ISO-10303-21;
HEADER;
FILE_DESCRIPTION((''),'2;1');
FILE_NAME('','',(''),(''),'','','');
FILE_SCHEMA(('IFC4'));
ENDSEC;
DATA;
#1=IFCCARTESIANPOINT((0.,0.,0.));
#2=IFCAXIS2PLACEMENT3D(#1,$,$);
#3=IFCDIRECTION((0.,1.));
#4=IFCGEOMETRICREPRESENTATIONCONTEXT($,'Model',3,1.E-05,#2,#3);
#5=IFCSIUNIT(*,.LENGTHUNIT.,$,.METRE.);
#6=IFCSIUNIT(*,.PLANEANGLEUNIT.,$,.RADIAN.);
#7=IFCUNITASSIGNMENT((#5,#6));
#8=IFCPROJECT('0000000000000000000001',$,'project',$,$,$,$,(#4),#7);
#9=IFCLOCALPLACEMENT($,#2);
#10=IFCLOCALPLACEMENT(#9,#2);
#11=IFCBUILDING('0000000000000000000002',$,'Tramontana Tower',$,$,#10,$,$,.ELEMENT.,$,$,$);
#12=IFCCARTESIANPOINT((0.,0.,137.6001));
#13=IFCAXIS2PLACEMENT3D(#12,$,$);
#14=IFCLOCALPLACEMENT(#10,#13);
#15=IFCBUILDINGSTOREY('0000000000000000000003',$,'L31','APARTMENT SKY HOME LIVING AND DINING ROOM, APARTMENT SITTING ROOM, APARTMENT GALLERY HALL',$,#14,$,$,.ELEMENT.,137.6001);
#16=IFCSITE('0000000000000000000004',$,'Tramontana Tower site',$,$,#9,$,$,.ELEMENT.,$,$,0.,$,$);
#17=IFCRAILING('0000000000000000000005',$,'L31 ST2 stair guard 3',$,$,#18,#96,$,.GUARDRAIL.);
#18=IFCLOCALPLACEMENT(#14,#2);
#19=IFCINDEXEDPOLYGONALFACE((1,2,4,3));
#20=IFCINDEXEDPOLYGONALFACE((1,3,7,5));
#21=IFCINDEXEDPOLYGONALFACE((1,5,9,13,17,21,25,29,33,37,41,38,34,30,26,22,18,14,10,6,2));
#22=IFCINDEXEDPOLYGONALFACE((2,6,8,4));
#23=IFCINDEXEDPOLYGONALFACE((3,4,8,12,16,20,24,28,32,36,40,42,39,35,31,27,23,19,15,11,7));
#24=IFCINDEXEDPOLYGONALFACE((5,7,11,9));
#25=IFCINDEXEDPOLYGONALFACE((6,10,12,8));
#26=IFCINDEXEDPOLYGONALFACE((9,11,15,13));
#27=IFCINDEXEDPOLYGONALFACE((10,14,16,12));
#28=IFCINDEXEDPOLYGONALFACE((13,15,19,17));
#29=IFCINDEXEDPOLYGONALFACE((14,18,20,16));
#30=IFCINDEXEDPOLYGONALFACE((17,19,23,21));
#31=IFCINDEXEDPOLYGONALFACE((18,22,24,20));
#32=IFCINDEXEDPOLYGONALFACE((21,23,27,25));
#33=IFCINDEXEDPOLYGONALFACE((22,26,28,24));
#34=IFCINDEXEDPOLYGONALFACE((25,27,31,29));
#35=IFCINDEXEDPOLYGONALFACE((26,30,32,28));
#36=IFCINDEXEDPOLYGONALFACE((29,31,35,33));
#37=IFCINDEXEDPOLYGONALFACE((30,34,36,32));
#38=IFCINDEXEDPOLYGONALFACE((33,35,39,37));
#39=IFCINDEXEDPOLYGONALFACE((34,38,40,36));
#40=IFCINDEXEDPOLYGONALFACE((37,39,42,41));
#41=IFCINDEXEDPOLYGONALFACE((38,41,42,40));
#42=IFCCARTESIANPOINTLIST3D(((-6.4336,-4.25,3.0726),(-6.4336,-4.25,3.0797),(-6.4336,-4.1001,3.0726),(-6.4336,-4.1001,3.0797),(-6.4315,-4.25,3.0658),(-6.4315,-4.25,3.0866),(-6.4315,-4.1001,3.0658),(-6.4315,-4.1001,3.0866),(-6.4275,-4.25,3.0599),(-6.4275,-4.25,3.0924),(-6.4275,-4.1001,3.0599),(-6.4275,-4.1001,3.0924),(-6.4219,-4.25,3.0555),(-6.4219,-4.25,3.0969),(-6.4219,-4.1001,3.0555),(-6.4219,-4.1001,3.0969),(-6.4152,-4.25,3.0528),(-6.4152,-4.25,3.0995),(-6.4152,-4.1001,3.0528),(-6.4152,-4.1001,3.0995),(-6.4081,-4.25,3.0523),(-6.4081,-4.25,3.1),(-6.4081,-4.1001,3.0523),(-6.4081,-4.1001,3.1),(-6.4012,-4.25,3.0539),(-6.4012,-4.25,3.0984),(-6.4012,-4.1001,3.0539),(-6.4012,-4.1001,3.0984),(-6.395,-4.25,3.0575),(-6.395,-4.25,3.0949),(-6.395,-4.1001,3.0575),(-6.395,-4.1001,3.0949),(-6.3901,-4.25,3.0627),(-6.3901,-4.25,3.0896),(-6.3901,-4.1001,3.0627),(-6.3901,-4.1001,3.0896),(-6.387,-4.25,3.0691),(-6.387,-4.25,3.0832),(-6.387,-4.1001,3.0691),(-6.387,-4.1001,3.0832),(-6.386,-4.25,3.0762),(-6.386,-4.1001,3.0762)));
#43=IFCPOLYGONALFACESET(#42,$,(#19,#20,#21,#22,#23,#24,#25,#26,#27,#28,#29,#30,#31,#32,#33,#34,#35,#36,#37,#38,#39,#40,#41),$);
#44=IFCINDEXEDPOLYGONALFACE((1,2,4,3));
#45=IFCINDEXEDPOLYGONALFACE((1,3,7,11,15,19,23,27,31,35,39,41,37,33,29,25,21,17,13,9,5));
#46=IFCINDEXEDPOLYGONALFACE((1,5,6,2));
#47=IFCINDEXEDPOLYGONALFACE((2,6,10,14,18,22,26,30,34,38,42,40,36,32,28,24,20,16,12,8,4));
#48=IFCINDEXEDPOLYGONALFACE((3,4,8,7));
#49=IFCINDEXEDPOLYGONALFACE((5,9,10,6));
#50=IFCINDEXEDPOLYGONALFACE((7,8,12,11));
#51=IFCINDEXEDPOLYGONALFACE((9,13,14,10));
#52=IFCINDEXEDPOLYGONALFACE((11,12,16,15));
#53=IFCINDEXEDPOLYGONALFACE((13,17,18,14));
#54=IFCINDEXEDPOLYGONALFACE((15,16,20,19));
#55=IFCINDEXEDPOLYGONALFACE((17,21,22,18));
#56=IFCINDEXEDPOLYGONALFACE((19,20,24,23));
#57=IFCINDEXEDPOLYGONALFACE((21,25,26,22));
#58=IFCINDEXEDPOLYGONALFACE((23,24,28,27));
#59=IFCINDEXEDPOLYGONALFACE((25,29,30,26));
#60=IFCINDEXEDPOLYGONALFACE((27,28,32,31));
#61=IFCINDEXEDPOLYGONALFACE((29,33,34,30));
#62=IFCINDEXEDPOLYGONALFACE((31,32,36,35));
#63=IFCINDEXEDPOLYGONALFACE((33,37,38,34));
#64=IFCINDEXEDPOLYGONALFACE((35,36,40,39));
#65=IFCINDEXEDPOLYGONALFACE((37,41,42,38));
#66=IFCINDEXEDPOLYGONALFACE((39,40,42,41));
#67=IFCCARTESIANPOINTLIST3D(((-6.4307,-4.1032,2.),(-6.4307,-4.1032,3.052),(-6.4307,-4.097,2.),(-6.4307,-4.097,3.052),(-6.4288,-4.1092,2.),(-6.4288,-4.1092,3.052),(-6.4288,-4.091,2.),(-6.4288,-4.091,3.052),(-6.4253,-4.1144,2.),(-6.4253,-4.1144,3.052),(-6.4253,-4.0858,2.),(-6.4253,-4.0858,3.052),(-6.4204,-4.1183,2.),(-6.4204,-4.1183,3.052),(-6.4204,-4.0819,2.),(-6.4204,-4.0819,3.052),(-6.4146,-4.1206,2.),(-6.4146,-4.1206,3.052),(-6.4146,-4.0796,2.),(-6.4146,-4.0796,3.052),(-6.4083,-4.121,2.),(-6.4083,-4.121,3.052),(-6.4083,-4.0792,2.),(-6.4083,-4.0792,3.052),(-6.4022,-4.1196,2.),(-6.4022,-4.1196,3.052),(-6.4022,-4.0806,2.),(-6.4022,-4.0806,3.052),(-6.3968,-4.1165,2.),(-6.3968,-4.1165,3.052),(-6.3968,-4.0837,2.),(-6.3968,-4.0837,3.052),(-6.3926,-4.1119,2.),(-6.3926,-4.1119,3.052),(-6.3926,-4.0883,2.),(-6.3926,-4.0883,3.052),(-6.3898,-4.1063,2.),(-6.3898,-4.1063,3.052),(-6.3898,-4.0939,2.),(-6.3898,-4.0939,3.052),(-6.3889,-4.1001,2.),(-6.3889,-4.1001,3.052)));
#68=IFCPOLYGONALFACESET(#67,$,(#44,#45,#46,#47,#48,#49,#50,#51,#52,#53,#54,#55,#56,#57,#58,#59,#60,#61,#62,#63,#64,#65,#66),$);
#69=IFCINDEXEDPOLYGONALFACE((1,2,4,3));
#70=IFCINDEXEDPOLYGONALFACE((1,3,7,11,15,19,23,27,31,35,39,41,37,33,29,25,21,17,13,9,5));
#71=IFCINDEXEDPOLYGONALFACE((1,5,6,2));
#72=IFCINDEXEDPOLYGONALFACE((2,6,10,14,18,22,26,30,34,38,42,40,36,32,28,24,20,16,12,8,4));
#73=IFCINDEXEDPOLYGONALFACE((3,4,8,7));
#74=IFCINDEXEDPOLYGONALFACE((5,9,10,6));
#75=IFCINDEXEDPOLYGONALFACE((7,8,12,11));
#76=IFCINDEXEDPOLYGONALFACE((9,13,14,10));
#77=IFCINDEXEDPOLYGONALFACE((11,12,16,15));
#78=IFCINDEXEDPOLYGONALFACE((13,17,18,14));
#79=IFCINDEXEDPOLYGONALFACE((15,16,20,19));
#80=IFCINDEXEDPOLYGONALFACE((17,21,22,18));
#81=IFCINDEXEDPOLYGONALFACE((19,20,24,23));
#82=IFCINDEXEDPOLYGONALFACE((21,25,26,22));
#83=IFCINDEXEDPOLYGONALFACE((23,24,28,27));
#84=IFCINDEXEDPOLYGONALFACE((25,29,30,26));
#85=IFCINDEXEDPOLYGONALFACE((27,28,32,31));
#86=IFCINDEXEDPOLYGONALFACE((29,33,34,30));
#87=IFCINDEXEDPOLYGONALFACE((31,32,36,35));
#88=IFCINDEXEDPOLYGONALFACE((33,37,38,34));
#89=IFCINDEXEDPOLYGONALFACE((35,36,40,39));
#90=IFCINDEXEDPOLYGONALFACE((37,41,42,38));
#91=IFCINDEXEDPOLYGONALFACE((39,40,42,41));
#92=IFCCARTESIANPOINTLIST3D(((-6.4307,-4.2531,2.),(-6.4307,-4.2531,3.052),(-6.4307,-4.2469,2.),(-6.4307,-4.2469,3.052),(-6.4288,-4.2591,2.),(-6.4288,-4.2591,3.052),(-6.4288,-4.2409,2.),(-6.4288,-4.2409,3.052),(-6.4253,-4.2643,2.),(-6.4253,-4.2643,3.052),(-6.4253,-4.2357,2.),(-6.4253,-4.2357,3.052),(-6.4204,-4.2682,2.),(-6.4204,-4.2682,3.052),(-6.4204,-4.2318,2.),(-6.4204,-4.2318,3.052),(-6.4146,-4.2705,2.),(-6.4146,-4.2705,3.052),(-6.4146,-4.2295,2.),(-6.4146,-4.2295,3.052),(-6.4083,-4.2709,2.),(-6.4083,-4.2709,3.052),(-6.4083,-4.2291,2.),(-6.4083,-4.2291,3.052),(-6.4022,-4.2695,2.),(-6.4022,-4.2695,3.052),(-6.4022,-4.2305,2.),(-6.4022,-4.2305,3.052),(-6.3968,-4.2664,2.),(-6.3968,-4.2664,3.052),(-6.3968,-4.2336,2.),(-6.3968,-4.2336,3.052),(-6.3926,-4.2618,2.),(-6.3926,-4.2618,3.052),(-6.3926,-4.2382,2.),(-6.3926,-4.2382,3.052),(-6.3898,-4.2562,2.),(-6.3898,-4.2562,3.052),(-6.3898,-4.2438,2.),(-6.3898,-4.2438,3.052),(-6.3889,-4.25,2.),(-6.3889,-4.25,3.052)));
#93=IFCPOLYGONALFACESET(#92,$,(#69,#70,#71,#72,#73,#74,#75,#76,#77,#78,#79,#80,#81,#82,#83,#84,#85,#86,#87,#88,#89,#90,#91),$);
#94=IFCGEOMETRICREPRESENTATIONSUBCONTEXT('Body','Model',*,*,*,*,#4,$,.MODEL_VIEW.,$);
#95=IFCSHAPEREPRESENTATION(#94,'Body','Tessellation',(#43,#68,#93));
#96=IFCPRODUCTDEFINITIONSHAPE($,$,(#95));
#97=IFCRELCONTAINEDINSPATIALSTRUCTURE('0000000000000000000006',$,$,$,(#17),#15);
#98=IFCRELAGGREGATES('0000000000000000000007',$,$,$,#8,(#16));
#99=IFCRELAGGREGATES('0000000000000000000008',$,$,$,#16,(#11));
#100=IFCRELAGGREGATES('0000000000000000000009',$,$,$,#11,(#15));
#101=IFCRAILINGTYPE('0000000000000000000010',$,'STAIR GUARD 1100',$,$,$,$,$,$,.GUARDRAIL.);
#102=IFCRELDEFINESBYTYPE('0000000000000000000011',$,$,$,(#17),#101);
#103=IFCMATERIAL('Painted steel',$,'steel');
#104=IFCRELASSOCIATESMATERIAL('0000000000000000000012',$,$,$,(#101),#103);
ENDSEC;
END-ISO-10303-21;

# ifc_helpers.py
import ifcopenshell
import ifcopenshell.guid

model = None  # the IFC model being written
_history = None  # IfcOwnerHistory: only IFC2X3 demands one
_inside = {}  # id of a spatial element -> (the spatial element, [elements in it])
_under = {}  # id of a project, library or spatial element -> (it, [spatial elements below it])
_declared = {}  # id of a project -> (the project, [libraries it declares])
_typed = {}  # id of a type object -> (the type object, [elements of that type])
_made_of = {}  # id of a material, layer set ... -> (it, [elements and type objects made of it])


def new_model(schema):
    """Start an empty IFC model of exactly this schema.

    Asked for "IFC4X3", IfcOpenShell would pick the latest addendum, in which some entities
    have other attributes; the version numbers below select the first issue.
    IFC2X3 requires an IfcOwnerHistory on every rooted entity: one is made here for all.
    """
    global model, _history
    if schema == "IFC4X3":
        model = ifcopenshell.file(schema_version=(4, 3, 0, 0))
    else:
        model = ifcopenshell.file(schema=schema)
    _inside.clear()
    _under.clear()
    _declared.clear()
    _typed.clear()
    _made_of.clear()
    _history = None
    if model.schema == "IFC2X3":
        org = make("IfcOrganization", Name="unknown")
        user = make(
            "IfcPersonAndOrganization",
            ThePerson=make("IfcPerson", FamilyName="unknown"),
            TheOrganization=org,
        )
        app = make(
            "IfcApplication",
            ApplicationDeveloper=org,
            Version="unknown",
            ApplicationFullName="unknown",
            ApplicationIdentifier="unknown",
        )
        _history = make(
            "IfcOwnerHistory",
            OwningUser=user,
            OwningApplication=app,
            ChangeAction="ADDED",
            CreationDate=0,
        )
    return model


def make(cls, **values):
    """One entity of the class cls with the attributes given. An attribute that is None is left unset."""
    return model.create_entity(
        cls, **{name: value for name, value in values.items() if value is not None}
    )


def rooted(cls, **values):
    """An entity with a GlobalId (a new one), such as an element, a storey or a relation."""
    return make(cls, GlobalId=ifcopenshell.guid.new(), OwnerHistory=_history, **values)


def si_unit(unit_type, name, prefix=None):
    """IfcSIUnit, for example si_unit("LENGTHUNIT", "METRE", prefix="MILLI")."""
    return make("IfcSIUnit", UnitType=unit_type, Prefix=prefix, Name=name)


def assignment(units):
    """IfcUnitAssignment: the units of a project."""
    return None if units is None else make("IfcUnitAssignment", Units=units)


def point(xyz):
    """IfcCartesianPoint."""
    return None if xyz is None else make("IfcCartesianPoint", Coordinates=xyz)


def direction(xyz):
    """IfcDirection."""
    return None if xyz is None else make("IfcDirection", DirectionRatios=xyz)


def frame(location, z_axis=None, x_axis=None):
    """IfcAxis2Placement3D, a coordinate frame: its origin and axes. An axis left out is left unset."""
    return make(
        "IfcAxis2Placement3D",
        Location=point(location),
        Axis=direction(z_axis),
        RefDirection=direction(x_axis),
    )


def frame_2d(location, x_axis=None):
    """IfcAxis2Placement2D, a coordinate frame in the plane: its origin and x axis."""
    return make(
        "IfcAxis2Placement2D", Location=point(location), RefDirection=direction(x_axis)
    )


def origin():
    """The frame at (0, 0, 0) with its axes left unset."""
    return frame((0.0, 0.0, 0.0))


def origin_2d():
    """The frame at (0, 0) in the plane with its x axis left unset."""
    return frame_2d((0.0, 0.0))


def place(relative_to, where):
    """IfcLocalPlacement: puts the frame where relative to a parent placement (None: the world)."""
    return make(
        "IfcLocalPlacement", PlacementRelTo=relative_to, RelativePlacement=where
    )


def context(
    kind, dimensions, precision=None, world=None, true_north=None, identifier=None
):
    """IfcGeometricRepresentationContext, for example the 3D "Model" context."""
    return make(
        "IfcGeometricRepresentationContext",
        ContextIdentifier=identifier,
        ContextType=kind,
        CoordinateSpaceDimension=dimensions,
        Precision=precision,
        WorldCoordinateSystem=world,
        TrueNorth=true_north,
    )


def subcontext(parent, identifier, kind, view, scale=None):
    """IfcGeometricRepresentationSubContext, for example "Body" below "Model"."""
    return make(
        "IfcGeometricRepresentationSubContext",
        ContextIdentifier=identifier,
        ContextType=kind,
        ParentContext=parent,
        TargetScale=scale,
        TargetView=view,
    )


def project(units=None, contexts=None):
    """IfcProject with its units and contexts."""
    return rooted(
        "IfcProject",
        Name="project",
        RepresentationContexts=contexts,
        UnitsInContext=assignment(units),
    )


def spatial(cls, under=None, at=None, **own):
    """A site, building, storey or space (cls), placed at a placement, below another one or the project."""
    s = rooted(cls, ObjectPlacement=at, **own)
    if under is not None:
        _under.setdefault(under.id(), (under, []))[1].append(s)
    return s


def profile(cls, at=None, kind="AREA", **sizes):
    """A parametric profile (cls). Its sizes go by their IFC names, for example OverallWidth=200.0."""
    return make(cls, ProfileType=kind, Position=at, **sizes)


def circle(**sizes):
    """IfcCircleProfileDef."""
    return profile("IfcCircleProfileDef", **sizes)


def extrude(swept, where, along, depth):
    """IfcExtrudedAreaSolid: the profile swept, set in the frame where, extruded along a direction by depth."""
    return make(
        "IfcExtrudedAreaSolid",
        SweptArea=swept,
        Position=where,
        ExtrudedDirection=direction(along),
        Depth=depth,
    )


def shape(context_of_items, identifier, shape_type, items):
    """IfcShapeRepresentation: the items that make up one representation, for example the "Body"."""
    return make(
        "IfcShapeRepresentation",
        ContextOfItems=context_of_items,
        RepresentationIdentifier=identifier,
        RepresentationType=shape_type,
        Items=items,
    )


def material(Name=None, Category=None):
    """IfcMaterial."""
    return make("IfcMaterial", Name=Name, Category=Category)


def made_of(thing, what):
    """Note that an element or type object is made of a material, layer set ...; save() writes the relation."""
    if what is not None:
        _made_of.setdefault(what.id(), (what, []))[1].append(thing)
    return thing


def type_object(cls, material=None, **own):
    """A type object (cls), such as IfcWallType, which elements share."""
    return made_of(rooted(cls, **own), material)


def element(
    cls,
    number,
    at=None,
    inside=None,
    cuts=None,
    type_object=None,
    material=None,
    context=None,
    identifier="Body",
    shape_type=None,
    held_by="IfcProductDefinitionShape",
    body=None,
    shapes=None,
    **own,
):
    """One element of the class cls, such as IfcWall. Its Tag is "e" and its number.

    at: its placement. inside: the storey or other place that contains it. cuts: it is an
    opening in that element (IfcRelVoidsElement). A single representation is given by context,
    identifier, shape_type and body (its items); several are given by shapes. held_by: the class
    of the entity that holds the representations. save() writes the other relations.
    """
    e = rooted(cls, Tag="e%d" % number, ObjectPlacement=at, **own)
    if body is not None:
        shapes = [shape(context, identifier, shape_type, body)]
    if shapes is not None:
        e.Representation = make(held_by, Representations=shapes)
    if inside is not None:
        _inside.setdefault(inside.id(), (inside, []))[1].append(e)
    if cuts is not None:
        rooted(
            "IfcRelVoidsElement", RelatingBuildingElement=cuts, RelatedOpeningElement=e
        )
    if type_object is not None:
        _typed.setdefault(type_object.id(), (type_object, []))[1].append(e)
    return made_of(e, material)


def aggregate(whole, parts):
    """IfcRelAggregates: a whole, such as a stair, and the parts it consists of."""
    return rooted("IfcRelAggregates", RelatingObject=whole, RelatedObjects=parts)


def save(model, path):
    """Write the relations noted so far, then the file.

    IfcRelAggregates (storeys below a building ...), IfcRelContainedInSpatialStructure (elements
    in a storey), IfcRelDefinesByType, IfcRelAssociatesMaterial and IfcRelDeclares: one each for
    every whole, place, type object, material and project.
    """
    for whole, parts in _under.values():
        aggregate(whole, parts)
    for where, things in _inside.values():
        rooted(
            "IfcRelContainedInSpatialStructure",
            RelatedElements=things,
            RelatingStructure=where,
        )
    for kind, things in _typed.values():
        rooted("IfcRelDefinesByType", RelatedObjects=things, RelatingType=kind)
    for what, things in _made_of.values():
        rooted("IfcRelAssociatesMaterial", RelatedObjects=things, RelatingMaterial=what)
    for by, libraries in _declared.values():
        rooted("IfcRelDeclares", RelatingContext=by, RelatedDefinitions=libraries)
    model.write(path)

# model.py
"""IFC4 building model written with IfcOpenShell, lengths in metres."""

from ifc_helpers import new_model, si_unit, direction, frame, origin, origin_2d, place, context, subcontext, project, spatial, circle, extrude, material, type_object, element, save


model = new_model("IFC4")

# Units and contexts
model_context = context("Model", 3, precision=1e-05, world=origin(), true_north=direction((0.0, 1.0)))
body_context = subcontext(model_context, "Body", "Model", "MODEL_VIEW")
ifc_project = project(units=[si_unit("LENGTHUNIT", "METRE"), si_unit("PLANEANGLEUNIT", "RADIAN")], contexts=[model_context])

# Site, building, storey
site_placement = place(None, origin())
site = spatial("IfcSite", under=ifc_project, at=site_placement, Name="Tramontana Tower site", CompositionType="ELEMENT", RefElevation=0.0)
building_placement = place(site_placement, origin())
building = spatial("IfcBuilding", under=site, at=building_placement, Name="Tramontana Tower", CompositionType="ELEMENT")
storey_placement = place(building_placement, frame((0.0, 0.0, 137.6001)))
storey = spatial("IfcBuildingStorey", under=building, at=storey_placement, Name="L31", Description="APARTMENT SKY HOME LIVING AND DINING ROOM, APARTMENT SITTING ROOM, APARTMENT GALLERY HALL", CompositionType="ELEMENT", Elevation=137.6001)

# Railing
ifc_material_1 = material(Name="Painted steel", Category="steel")
railing_type_1 = type_object("IfcRailingType", Name="STAIR GUARD 1100", PredefinedType="GUARDRAIL", material=ifc_material_1)
railing_1_placement = place(storey_placement, frame((-6.4099, -4.1001, 2.0)))
element("IfcRailing", 1, at=railing_1_placement, inside=storey, type_object=railing_type_1, Name="L31 ST2 stair guard 3", PredefinedType="GUARDRAIL", context=body_context, shape_type="SweptSolid", body=[
    extrude(circle(Radius=0.0239, at=origin_2d()), frame((0.0, 0.0, 1.0762), z_axis=(0.0, -1.0, 0.0), x_axis=(1.0, 0.0, 0.0)), (0.0, 0.0, 1.0), 0.1499),
    extrude(circle(Radius=0.021, at=origin_2d()), origin(), (0.0, 0.0, 1.0), 1.052),
    extrude(circle(Radius=0.021, at=origin_2d()), frame((0.0, -0.1499, 0.0)), (0.0, 0.0, 1.0), 1.052),
])

save(model, "model.ifc")
